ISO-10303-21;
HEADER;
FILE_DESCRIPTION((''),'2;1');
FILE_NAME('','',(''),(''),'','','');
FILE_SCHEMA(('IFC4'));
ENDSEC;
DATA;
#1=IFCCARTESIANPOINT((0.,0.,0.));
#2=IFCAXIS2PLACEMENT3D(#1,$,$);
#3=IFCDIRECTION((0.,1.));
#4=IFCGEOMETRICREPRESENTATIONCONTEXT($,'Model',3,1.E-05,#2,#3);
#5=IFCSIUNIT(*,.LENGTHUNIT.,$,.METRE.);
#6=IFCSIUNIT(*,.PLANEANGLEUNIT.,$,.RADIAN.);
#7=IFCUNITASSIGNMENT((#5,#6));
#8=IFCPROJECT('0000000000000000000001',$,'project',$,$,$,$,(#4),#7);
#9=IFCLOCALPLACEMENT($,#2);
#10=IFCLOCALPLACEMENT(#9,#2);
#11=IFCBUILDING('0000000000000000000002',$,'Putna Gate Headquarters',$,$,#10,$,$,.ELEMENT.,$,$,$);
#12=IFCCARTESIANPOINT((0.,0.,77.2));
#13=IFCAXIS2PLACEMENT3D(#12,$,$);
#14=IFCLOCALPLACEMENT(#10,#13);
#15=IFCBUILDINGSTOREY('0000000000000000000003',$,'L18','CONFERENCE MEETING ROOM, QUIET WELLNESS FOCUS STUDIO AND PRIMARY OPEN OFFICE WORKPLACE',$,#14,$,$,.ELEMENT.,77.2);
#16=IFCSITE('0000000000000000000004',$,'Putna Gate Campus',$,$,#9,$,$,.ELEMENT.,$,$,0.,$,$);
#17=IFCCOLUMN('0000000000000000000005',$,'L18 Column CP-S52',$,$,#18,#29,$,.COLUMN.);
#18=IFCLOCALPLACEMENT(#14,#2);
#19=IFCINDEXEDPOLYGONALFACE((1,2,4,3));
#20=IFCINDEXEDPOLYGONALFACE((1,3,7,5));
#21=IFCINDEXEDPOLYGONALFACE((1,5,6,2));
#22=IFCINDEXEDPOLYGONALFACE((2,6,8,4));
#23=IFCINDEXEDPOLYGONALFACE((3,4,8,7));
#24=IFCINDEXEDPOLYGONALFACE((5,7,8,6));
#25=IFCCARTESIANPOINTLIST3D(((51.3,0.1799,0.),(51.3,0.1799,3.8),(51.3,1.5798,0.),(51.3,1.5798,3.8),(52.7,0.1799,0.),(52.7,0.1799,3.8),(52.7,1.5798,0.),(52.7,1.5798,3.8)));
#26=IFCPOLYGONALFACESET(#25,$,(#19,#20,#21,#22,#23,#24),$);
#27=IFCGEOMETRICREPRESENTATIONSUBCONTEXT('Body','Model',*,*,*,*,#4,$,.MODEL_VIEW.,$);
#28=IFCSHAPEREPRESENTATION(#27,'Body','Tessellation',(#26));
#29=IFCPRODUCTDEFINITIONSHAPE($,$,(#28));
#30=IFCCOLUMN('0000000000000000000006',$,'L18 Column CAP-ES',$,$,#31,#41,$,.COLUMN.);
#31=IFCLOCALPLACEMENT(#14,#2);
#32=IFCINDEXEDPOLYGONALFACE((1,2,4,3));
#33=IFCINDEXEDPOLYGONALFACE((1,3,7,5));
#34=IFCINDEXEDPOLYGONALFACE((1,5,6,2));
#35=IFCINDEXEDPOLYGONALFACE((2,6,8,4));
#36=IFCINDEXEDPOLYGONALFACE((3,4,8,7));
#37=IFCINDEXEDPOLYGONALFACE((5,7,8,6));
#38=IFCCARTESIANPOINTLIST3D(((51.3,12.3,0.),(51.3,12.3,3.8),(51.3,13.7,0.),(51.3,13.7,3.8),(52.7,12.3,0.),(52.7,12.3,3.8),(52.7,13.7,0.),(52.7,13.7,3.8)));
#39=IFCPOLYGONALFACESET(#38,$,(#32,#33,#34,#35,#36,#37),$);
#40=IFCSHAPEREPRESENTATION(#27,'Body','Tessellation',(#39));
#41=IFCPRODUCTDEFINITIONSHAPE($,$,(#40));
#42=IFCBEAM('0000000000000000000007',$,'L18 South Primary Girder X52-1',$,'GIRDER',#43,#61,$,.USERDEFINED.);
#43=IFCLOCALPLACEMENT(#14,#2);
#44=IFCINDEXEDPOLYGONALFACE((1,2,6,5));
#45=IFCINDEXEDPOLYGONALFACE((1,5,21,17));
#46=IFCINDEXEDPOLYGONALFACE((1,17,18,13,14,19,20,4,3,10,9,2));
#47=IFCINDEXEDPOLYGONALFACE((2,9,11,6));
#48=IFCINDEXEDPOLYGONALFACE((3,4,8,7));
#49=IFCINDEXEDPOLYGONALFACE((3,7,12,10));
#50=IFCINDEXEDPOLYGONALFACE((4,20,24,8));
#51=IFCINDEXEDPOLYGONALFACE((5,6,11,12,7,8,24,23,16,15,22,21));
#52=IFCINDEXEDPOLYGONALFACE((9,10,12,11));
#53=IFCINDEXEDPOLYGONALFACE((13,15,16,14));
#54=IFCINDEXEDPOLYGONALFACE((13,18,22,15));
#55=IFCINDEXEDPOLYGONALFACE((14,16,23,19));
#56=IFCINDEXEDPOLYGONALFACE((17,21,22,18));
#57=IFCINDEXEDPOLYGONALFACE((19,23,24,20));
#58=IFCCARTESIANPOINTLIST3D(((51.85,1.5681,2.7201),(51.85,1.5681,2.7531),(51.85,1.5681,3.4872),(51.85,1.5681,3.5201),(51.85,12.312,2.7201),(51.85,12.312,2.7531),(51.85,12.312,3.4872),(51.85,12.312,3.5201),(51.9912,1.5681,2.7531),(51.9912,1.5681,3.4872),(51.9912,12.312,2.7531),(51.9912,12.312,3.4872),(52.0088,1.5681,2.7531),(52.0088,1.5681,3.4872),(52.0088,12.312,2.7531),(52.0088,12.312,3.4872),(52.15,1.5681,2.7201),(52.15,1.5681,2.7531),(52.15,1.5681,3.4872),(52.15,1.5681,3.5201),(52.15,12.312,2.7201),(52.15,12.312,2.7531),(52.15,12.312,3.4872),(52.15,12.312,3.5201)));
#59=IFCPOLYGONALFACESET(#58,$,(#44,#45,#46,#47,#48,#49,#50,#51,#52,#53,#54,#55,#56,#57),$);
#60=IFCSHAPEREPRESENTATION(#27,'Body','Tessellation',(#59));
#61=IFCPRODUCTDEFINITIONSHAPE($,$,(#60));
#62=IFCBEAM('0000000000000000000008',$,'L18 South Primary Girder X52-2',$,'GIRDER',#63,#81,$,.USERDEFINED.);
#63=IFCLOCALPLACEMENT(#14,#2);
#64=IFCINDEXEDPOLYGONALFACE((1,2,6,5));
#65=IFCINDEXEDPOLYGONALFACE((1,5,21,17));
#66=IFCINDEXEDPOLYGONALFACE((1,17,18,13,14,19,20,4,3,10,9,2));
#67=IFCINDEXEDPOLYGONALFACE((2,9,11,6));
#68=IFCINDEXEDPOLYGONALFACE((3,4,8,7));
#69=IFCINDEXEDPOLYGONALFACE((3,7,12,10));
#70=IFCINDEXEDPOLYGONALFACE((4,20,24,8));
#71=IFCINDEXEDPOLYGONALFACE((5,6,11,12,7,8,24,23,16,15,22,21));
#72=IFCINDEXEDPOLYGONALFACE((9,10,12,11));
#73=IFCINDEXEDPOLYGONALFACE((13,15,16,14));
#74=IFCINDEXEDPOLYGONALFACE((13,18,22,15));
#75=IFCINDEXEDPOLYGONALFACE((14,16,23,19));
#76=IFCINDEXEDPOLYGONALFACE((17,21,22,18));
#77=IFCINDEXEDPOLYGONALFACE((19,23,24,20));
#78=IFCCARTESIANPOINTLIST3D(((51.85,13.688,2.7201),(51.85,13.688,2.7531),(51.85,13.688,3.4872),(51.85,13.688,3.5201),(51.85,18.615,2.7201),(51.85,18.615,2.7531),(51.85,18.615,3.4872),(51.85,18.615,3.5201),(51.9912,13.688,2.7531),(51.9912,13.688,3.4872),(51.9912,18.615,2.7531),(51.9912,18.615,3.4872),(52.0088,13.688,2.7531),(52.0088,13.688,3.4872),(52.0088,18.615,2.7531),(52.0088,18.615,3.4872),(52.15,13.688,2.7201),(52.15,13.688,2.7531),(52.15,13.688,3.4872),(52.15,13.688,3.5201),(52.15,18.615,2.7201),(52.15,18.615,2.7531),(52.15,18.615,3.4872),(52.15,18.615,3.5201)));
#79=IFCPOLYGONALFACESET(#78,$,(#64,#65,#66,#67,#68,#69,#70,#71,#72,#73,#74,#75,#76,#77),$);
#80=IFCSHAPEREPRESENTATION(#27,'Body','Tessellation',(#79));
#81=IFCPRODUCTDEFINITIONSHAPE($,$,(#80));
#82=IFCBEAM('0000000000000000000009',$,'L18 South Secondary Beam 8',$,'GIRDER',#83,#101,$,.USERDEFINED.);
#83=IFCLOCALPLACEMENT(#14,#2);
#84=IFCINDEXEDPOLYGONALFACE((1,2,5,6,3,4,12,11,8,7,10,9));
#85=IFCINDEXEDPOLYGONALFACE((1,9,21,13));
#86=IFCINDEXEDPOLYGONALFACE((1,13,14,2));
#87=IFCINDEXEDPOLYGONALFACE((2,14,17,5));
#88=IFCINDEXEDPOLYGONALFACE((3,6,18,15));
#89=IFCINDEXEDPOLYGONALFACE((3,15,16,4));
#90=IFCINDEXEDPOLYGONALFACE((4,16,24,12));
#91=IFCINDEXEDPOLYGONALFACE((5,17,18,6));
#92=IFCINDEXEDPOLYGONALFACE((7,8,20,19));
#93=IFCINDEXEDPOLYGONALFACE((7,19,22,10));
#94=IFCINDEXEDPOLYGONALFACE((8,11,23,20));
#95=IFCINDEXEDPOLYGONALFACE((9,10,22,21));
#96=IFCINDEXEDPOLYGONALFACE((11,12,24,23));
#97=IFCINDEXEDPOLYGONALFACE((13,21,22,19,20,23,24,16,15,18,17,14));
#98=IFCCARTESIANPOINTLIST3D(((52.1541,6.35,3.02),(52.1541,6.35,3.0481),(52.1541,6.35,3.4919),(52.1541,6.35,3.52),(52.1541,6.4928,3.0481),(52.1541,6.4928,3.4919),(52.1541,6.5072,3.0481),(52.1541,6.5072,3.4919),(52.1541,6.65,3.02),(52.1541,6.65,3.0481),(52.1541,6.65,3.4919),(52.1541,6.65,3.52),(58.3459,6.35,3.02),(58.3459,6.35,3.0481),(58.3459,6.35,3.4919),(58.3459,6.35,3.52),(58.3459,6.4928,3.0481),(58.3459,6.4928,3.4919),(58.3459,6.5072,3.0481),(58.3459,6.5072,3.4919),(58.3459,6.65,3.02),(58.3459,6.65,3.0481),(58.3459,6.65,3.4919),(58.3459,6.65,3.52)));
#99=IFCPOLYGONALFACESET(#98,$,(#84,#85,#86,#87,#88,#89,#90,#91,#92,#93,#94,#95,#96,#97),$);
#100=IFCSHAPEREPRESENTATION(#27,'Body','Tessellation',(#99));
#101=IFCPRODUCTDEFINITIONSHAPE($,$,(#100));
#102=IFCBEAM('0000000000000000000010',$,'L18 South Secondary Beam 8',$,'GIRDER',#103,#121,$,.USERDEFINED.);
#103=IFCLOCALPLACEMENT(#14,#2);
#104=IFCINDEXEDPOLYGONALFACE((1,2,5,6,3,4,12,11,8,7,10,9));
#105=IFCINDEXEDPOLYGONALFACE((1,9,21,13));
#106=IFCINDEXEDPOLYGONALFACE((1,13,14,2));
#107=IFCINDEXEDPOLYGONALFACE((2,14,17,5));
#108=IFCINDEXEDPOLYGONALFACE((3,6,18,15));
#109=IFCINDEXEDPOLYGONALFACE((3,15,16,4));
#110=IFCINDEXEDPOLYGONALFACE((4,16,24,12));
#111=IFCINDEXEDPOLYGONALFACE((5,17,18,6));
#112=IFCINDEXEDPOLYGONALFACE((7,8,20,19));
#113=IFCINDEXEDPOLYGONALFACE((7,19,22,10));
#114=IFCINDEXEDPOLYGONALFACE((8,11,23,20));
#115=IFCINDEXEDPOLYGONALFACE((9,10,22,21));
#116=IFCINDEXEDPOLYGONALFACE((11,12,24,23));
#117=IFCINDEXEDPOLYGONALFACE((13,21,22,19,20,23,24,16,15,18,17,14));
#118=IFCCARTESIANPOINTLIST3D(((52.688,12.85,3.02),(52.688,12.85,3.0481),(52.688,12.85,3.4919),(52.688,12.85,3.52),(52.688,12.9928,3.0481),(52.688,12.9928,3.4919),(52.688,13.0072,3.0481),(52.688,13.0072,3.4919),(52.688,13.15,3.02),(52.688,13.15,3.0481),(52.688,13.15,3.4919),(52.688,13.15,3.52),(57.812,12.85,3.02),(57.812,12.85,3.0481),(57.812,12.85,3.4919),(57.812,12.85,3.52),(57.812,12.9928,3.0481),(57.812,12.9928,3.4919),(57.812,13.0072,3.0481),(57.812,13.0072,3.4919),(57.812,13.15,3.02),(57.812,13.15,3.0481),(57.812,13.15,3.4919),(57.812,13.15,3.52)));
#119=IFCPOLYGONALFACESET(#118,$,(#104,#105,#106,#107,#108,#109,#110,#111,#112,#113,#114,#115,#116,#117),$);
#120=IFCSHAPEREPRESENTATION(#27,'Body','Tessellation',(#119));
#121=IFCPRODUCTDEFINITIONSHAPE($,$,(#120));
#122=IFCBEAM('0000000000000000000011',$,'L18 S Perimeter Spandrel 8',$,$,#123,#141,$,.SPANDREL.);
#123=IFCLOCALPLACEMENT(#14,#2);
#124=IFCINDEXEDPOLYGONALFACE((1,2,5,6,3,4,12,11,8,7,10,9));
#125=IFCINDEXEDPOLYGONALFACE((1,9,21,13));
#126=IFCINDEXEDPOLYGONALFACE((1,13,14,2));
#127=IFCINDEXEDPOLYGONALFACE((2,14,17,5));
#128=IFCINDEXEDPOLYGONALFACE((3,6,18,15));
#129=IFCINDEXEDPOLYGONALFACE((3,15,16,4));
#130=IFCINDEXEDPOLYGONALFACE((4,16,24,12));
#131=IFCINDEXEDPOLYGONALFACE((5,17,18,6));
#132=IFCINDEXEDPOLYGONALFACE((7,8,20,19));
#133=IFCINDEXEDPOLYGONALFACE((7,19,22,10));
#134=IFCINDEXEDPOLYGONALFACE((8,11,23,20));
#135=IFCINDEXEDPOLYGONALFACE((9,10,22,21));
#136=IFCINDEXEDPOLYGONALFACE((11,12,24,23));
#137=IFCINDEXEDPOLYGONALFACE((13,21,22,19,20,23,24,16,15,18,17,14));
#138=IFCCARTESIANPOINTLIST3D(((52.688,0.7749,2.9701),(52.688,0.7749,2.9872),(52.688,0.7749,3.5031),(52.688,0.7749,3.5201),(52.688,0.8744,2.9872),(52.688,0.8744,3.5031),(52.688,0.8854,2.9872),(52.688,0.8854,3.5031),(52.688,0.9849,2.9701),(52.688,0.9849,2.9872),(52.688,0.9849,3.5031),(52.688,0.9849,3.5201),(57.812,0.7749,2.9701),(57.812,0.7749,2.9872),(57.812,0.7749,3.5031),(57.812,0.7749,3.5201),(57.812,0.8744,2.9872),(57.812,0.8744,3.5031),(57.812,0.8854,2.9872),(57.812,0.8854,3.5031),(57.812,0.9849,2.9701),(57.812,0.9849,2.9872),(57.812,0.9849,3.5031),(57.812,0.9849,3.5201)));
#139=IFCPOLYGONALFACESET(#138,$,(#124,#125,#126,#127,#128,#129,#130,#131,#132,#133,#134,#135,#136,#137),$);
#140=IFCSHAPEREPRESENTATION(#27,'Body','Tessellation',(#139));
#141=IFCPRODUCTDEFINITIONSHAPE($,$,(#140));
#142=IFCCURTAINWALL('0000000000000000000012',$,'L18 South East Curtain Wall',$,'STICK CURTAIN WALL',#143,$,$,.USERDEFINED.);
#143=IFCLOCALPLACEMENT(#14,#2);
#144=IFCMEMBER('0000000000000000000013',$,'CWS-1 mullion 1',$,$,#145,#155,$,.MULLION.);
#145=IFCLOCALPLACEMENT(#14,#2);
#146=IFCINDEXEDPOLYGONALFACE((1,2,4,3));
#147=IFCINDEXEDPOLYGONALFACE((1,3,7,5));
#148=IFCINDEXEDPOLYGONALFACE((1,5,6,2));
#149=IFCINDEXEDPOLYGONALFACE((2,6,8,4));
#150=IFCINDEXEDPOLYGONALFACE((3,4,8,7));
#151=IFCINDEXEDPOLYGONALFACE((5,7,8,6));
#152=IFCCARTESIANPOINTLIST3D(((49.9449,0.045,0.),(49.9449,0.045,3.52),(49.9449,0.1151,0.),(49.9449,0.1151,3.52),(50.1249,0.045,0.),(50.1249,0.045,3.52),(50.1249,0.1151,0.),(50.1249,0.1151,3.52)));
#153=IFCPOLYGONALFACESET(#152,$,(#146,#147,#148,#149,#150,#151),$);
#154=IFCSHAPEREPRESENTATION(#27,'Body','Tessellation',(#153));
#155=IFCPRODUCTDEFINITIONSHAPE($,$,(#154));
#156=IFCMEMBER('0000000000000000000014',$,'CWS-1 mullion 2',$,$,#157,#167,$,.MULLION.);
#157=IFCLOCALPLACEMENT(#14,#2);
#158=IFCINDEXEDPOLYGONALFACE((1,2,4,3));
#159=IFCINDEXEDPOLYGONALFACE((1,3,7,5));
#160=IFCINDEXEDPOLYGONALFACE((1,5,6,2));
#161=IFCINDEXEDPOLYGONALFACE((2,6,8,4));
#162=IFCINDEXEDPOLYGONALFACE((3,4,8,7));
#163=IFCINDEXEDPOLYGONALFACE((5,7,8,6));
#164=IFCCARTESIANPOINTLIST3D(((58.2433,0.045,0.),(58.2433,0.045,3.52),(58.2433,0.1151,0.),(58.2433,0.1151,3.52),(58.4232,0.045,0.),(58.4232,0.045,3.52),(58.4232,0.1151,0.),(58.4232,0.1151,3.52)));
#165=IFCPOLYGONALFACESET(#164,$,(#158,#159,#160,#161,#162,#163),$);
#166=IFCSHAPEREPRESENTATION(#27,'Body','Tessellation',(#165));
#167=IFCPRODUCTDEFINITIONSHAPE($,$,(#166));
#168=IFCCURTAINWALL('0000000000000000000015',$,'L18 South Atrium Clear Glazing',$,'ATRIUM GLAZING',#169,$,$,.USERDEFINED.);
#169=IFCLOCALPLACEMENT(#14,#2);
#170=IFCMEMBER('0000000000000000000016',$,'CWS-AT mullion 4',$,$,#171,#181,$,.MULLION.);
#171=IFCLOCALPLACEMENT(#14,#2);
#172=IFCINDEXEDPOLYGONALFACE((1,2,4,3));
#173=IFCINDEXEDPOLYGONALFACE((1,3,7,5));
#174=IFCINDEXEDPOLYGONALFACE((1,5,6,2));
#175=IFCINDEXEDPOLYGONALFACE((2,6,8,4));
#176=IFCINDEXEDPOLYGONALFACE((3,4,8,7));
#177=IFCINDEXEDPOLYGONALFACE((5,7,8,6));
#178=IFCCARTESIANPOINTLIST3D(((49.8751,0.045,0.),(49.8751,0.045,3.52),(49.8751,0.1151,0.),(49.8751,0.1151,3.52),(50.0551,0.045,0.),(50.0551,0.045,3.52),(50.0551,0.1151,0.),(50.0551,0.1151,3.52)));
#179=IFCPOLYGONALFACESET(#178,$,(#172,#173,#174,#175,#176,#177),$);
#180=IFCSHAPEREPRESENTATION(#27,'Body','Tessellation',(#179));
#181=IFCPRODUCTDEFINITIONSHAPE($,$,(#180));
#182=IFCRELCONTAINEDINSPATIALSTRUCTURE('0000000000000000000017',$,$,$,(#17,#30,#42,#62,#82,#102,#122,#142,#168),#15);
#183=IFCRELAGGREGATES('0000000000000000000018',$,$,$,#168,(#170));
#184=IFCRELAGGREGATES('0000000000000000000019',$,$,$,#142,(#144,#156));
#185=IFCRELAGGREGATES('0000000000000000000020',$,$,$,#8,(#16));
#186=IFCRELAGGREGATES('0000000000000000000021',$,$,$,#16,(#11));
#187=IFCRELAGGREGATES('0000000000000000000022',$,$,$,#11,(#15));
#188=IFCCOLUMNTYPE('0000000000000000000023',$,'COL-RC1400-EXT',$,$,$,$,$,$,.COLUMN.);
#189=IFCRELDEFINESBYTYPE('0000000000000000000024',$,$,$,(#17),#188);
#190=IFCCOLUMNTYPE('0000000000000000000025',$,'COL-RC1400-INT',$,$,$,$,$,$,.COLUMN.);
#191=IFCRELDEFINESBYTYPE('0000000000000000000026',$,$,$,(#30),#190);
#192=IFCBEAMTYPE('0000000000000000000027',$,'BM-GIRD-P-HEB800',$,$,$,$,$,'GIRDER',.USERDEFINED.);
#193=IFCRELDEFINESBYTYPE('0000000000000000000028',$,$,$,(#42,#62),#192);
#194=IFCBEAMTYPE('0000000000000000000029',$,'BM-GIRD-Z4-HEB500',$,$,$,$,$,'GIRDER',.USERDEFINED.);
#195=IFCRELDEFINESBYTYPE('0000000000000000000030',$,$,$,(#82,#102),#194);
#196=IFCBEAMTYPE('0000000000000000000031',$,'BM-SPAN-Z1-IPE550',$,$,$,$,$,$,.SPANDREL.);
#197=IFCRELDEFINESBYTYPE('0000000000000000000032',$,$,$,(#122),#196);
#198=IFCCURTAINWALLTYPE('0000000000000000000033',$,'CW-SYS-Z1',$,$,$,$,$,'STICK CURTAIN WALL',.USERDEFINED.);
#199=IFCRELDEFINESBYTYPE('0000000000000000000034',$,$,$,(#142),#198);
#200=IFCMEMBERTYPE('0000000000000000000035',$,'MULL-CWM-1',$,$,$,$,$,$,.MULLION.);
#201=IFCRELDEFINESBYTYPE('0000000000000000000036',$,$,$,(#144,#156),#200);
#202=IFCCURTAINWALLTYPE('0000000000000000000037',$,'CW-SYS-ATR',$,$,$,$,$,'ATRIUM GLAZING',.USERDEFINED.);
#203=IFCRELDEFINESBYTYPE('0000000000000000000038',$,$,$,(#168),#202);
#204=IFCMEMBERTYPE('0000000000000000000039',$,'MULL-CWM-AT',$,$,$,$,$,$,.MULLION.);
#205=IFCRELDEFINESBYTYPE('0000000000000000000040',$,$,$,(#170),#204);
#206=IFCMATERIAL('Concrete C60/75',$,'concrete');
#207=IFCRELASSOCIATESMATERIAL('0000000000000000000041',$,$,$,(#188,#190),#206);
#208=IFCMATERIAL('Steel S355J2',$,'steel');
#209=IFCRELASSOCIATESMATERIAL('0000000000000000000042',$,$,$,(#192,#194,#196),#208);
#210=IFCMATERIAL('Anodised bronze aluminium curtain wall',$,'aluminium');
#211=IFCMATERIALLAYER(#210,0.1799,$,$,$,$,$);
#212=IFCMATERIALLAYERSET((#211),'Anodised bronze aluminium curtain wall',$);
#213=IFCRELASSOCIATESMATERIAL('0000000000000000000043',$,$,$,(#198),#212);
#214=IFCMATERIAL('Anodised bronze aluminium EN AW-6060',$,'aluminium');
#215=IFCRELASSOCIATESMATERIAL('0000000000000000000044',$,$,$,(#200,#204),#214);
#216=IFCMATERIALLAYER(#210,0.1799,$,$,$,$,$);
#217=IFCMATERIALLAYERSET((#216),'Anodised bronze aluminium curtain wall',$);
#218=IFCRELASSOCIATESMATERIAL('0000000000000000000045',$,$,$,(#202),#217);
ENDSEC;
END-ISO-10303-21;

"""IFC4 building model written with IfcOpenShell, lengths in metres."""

from ifc_helpers import new_model, si_unit, direction, frame, origin, origin_2d, place, context, subcontext, project, spatial, rectangle, i_section, extrude, material, layer, layer_set, material_profile, profile_set, type_object, element, aggregate, save


model = new_model("IFC4")

# Units and contexts
model_context = context("Model", 3, precision=1e-05, world=origin(), true_north=direction((0.0, 1.0)))
body_context = subcontext(model_context, "Body", "Model", "MODEL_VIEW")
ifc_project = project(units=[si_unit("LENGTHUNIT", "METRE"), si_unit("PLANEANGLEUNIT", "RADIAN")], contexts=[model_context])

# Site, building, storey
site_placement = place(None, origin())
site = spatial("IfcSite", under=ifc_project, at=site_placement, Name="Putna Gate Campus", CompositionType="ELEMENT", RefElevation=0.0)
building_placement = place(site_placement, origin())
building = spatial("IfcBuilding", under=site, at=building_placement, Name="Putna Gate Headquarters", CompositionType="ELEMENT")
storey_placement = place(building_placement, frame((0.0, 0.0, 77.2)))
storey = spatial("IfcBuildingStorey", under=building, at=storey_placement, Name="L18", Description="CONFERENCE MEETING ROOM, QUIET WELLNESS FOCUS STUDIO AND PRIMARY OPEN OFFICE WORKPLACE", CompositionType="ELEMENT", Elevation=77.2)

# Columns
ifc_material_1 = material(Name="Concrete C60/75", Category="concrete")
ifc_material_profile_1 = material_profile(ifc_material_1, rectangle(XDim=1.3999, YDim=1.3999, at=origin_2d()), Name="Concrete C60/75")
ifc_profile_set_1 = profile_set([ifc_material_profile_1], Name="Concrete C60/75")
column_type_1 = type_object("IfcColumnType", Name="COL-RC1400-EXT", PredefinedType="COLUMN", material=ifc_profile_set_1)
column_1_placement = place(storey_placement, frame((52.0, 0.8799, 0.0), z_axis=(0.0, 0.0, 1.0), x_axis=(1.0, 0.0, 0.0)))
element("IfcColumn", 1, at=column_1_placement, inside=storey, type_object=column_type_1, Name="L18 Column CP-S52", PredefinedType="COLUMN", context=body_context, shape_type="SweptSolid", body=[
    extrude(rectangle(XDim=1.3999, YDim=1.3999, at=origin_2d()), origin(), (0.0, 0.0, 1.0), 3.8),
])
ifc_material_profile_2 = material_profile(ifc_material_1, rectangle(XDim=1.3999, YDim=1.3999, at=origin_2d()), Name="Concrete C60/75")
ifc_profile_set_2 = profile_set([ifc_material_profile_2], Name="Concrete C60/75")
column_type_2 = type_object("IfcColumnType", Name="COL-RC1400-INT", PredefinedType="COLUMN", material=ifc_profile_set_2)
column_2_placement = place(storey_placement, frame((52.0, 13.0, 0.0), z_axis=(0.0, 0.0, 1.0), x_axis=(1.0, 0.0, 0.0)))
element("IfcColumn", 2, at=column_2_placement, inside=storey, type_object=column_type_2, Name="L18 Column CAP-ES", PredefinedType="COLUMN", context=body_context, shape_type="SweptSolid", body=[
    extrude(rectangle(XDim=1.3999, YDim=1.3999, at=origin_2d()), origin(), (0.0, 0.0, 1.0), 3.8),
])

# Beams
ifc_material_2 = material(Name="Steel S355J2", Category="steel")
ifc_material_profile_3 = material_profile(ifc_material_2, i_section(OverallWidth=0.3, OverallDepth=0.8, WebThickness=0.0176, FlangeThickness=0.033, at=origin_2d()), Name="Steel S355J2")
ifc_profile_set_3 = profile_set([ifc_material_profile_3], Name="Steel S355J2")
beam_type_1 = type_object("IfcBeamType", Name="BM-GIRD-P-HEB800", ElementType="GIRDER", PredefinedType="USERDEFINED", material=ifc_profile_set_3)
beam_1_placement = place(storey_placement, frame((52.0, 1.5681, 3.1201), z_axis=(0.0, 1.0, 0.0), x_axis=(-1.0, 0.0, 0.0)))
element("IfcBeam", 3, at=beam_1_placement, inside=storey, type_object=beam_type_1, Name="L18 South Primary Girder X52-1", ObjectType="GIRDER", PredefinedType="USERDEFINED", context=body_context, shape_type="SweptSolid", body=[
    extrude(i_section(OverallWidth=0.3, OverallDepth=0.8, WebThickness=0.0176, FlangeThickness=0.033, at=origin_2d()), origin(), (0.0, 0.0, 1.0), 10.7439),
])
beam_2_placement = place(storey_placement, frame((52.0, 13.688, 3.1201), z_axis=(0.0, 1.0, 0.0), x_axis=(-1.0, 0.0, 0.0)))
element("IfcBeam", 4, at=beam_2_placement, inside=storey, type_object=beam_type_1, Name="L18 South Primary Girder X52-2", ObjectType="GIRDER", PredefinedType="USERDEFINED", context=body_context, shape_type="SweptSolid", body=[
    extrude(i_section(OverallWidth=0.3, OverallDepth=0.8, WebThickness=0.0176, FlangeThickness=0.033, at=origin_2d()), origin(), (0.0, 0.0, 1.0), 4.927),
])
ifc_material_profile_4 = material_profile(ifc_material_2, i_section(OverallWidth=0.3, OverallDepth=0.5, WebThickness=0.0144, FlangeThickness=0.0281, at=origin_2d()), Name="Steel S355J2")
ifc_profile_set_4 = profile_set([ifc_material_profile_4], Name="Steel S355J2")
beam_type_2 = type_object("IfcBeamType", Name="BM-GIRD-Z4-HEB500", ElementType="GIRDER", PredefinedType="USERDEFINED", material=ifc_profile_set_4)
beam_3_placement = place(storey_placement, frame((52.1541, 6.5, 3.27), z_axis=(1.0, 0.0, 0.0), x_axis=(0.0, 1.0, 0.0)))
element("IfcBeam", 5, at=beam_3_placement, inside=storey, type_object=beam_type_2, Name="L18 South Secondary Beam 8", ObjectType="GIRDER", PredefinedType="USERDEFINED", context=body_context, shape_type="SweptSolid", body=[
    extrude(i_section(OverallWidth=0.3, OverallDepth=0.5, WebThickness=0.0144, FlangeThickness=0.0281, at=origin_2d()), origin(), (0.0, 0.0, 1.0), 6.1919),
])
beam_4_placement = place(storey_placement, frame((52.688, 13.0, 3.27), z_axis=(1.0, 0.0, 0.0), x_axis=(0.0, 1.0, 0.0)))
element("IfcBeam", 6, at=beam_4_placement, inside=storey, type_object=beam_type_2, Name="L18 South Secondary Beam 8", ObjectType="GIRDER", PredefinedType="USERDEFINED", context=body_context, shape_type="SweptSolid", body=[
    extrude(i_section(OverallWidth=0.3, OverallDepth=0.5, WebThickness=0.0144, FlangeThickness=0.0281, at=origin_2d()), origin(), (0.0, 0.0, 1.0), 5.124),
])
ifc_material_profile_5 = material_profile(ifc_material_2, i_section(OverallWidth=0.21, OverallDepth=0.55, WebThickness=0.011, FlangeThickness=0.0171, at=origin_2d()), Name="Steel S355J2")
ifc_profile_set_5 = profile_set([ifc_material_profile_5], Name="Steel S355J2")
beam_type_3 = type_object("IfcBeamType", Name="BM-SPAN-Z1-IPE550", PredefinedType="SPANDREL", material=ifc_profile_set_5)
beam_5_placement = place(storey_placement, frame((52.688, 0.8799, 3.2451), z_axis=(1.0, 0.0, 0.0), x_axis=(0.0, 1.0, 0.0)))
element("IfcBeam", 7, at=beam_5_placement, inside=storey, type_object=beam_type_3, Name="L18 S Perimeter Spandrel 8", PredefinedType="SPANDREL", context=body_context, shape_type="SweptSolid", body=[
    extrude(i_section(OverallWidth=0.21, OverallDepth=0.55, WebThickness=0.011, FlangeThickness=0.0171, at=origin_2d()), origin(), (0.0, 0.0, 1.0), 5.124),
])

# Curtain wall, members
ifc_material_3 = material(Name="Anodised bronze aluminium curtain wall", Category="aluminium")
ifc_layer_1 = layer(ifc_material_3, 0.1799)
ifc_layer_set_1 = layer_set([ifc_layer_1], Name="Anodised bronze aluminium curtain wall")
curtain_wall_type_1 = type_object("IfcCurtainWallType", Name="CW-SYS-Z1", ElementType="STICK CURTAIN WALL", PredefinedType="USERDEFINED", material=ifc_layer_set_1)
curtain_wall_1_placement = place(storey_placement, origin())
curtain_wall_1 = element("IfcCurtainWall", 8, at=curtain_wall_1_placement, inside=storey, type_object=curtain_wall_type_1, Name="L18 South East Curtain Wall", ObjectType="STICK CURTAIN WALL", PredefinedType="USERDEFINED")
ifc_material_4 = material(Name="Anodised bronze aluminium EN AW-6060", Category="aluminium")
ifc_material_profile_6 = material_profile(ifc_material_4, rectangle(XDim=0.0701, YDim=0.1799, at=origin_2d()), Name="Anodised bronze aluminium EN AW-6060")
ifc_profile_set_6 = profile_set([ifc_material_profile_6], Name="Anodised bronze aluminium EN AW-6060")
member_type_1 = type_object("IfcMemberType", Name="MULL-CWM-1", PredefinedType="MULLION", material=ifc_profile_set_6)
member_1_placement = place(storey_placement, frame((50.0349, 0.0801, 0.0), z_axis=(0.0, 0.0, 1.0), x_axis=(0.0, 1.0, 0.0)))
member_1 = element("IfcMember", 9, at=member_1_placement, type_object=member_type_1, Name="CWS-1 mullion 1", PredefinedType="MULLION", context=body_context, shape_type="SweptSolid", body=[
    extrude(rectangle(XDim=0.0701, YDim=0.1799, at=origin_2d()), origin(), (0.0, 0.0, 1.0), 3.52),
])
member_2_placement = place(storey_placement, frame((58.3333, 0.0801, 0.0), z_axis=(0.0, 0.0, 1.0), x_axis=(0.0, 1.0, 0.0)))
member_2 = element("IfcMember", 10, at=member_2_placement, type_object=member_type_1, Name="CWS-1 mullion 2", PredefinedType="MULLION", context=body_context, shape_type="SweptSolid", body=[
    extrude(rectangle(XDim=0.0701, YDim=0.1799, at=origin_2d()), origin(), (0.0, 0.0, 1.0), 3.52),
])

# Curtain wall, member
ifc_layer_2 = layer(ifc_material_3, 0.1799)
ifc_layer_set_2 = layer_set([ifc_layer_2], Name="Anodised bronze aluminium curtain wall")
curtain_wall_type_2 = type_object("IfcCurtainWallType", Name="CW-SYS-ATR", ElementType="ATRIUM GLAZING", PredefinedType="USERDEFINED", material=ifc_layer_set_2)
curtain_wall_2_placement = place(storey_placement, origin())
curtain_wall_2 = element("IfcCurtainWall", 11, at=curtain_wall_2_placement, inside=storey, type_object=curtain_wall_type_2, Name="L18 South Atrium Clear Glazing", ObjectType="ATRIUM GLAZING", PredefinedType="USERDEFINED")
ifc_material_profile_7 = material_profile(ifc_material_4, rectangle(XDim=0.0701, YDim=0.1799, at=origin_2d()), Name="Anodised bronze aluminium EN AW-6060")
ifc_profile_set_7 = profile_set([ifc_material_profile_7], Name="Anodised bronze aluminium EN AW-6060")
member_type_2 = type_object("IfcMemberType", Name="MULL-CWM-AT", PredefinedType="MULLION", material=ifc_profile_set_7)
member_3_placement = place(storey_placement, frame((49.9651, 0.0801, 0.0), z_axis=(0.0, 0.0, 1.0), x_axis=(0.0, 1.0, 0.0)))
member_3 = element("IfcMember", 12, at=member_3_placement, type_object=member_type_2, Name="CWS-AT mullion 4", PredefinedType="MULLION", context=body_context, shape_type="SweptSolid", body=[
    extrude(rectangle(XDim=0.0701, YDim=0.1799, at=origin_2d()), origin(), (0.0, 0.0, 1.0), 3.52),
])
aggregate(curtain_wall_2, [member_3])

aggregate(curtain_wall_1, [member_1, member_2])

save(model, "model.ifc")
